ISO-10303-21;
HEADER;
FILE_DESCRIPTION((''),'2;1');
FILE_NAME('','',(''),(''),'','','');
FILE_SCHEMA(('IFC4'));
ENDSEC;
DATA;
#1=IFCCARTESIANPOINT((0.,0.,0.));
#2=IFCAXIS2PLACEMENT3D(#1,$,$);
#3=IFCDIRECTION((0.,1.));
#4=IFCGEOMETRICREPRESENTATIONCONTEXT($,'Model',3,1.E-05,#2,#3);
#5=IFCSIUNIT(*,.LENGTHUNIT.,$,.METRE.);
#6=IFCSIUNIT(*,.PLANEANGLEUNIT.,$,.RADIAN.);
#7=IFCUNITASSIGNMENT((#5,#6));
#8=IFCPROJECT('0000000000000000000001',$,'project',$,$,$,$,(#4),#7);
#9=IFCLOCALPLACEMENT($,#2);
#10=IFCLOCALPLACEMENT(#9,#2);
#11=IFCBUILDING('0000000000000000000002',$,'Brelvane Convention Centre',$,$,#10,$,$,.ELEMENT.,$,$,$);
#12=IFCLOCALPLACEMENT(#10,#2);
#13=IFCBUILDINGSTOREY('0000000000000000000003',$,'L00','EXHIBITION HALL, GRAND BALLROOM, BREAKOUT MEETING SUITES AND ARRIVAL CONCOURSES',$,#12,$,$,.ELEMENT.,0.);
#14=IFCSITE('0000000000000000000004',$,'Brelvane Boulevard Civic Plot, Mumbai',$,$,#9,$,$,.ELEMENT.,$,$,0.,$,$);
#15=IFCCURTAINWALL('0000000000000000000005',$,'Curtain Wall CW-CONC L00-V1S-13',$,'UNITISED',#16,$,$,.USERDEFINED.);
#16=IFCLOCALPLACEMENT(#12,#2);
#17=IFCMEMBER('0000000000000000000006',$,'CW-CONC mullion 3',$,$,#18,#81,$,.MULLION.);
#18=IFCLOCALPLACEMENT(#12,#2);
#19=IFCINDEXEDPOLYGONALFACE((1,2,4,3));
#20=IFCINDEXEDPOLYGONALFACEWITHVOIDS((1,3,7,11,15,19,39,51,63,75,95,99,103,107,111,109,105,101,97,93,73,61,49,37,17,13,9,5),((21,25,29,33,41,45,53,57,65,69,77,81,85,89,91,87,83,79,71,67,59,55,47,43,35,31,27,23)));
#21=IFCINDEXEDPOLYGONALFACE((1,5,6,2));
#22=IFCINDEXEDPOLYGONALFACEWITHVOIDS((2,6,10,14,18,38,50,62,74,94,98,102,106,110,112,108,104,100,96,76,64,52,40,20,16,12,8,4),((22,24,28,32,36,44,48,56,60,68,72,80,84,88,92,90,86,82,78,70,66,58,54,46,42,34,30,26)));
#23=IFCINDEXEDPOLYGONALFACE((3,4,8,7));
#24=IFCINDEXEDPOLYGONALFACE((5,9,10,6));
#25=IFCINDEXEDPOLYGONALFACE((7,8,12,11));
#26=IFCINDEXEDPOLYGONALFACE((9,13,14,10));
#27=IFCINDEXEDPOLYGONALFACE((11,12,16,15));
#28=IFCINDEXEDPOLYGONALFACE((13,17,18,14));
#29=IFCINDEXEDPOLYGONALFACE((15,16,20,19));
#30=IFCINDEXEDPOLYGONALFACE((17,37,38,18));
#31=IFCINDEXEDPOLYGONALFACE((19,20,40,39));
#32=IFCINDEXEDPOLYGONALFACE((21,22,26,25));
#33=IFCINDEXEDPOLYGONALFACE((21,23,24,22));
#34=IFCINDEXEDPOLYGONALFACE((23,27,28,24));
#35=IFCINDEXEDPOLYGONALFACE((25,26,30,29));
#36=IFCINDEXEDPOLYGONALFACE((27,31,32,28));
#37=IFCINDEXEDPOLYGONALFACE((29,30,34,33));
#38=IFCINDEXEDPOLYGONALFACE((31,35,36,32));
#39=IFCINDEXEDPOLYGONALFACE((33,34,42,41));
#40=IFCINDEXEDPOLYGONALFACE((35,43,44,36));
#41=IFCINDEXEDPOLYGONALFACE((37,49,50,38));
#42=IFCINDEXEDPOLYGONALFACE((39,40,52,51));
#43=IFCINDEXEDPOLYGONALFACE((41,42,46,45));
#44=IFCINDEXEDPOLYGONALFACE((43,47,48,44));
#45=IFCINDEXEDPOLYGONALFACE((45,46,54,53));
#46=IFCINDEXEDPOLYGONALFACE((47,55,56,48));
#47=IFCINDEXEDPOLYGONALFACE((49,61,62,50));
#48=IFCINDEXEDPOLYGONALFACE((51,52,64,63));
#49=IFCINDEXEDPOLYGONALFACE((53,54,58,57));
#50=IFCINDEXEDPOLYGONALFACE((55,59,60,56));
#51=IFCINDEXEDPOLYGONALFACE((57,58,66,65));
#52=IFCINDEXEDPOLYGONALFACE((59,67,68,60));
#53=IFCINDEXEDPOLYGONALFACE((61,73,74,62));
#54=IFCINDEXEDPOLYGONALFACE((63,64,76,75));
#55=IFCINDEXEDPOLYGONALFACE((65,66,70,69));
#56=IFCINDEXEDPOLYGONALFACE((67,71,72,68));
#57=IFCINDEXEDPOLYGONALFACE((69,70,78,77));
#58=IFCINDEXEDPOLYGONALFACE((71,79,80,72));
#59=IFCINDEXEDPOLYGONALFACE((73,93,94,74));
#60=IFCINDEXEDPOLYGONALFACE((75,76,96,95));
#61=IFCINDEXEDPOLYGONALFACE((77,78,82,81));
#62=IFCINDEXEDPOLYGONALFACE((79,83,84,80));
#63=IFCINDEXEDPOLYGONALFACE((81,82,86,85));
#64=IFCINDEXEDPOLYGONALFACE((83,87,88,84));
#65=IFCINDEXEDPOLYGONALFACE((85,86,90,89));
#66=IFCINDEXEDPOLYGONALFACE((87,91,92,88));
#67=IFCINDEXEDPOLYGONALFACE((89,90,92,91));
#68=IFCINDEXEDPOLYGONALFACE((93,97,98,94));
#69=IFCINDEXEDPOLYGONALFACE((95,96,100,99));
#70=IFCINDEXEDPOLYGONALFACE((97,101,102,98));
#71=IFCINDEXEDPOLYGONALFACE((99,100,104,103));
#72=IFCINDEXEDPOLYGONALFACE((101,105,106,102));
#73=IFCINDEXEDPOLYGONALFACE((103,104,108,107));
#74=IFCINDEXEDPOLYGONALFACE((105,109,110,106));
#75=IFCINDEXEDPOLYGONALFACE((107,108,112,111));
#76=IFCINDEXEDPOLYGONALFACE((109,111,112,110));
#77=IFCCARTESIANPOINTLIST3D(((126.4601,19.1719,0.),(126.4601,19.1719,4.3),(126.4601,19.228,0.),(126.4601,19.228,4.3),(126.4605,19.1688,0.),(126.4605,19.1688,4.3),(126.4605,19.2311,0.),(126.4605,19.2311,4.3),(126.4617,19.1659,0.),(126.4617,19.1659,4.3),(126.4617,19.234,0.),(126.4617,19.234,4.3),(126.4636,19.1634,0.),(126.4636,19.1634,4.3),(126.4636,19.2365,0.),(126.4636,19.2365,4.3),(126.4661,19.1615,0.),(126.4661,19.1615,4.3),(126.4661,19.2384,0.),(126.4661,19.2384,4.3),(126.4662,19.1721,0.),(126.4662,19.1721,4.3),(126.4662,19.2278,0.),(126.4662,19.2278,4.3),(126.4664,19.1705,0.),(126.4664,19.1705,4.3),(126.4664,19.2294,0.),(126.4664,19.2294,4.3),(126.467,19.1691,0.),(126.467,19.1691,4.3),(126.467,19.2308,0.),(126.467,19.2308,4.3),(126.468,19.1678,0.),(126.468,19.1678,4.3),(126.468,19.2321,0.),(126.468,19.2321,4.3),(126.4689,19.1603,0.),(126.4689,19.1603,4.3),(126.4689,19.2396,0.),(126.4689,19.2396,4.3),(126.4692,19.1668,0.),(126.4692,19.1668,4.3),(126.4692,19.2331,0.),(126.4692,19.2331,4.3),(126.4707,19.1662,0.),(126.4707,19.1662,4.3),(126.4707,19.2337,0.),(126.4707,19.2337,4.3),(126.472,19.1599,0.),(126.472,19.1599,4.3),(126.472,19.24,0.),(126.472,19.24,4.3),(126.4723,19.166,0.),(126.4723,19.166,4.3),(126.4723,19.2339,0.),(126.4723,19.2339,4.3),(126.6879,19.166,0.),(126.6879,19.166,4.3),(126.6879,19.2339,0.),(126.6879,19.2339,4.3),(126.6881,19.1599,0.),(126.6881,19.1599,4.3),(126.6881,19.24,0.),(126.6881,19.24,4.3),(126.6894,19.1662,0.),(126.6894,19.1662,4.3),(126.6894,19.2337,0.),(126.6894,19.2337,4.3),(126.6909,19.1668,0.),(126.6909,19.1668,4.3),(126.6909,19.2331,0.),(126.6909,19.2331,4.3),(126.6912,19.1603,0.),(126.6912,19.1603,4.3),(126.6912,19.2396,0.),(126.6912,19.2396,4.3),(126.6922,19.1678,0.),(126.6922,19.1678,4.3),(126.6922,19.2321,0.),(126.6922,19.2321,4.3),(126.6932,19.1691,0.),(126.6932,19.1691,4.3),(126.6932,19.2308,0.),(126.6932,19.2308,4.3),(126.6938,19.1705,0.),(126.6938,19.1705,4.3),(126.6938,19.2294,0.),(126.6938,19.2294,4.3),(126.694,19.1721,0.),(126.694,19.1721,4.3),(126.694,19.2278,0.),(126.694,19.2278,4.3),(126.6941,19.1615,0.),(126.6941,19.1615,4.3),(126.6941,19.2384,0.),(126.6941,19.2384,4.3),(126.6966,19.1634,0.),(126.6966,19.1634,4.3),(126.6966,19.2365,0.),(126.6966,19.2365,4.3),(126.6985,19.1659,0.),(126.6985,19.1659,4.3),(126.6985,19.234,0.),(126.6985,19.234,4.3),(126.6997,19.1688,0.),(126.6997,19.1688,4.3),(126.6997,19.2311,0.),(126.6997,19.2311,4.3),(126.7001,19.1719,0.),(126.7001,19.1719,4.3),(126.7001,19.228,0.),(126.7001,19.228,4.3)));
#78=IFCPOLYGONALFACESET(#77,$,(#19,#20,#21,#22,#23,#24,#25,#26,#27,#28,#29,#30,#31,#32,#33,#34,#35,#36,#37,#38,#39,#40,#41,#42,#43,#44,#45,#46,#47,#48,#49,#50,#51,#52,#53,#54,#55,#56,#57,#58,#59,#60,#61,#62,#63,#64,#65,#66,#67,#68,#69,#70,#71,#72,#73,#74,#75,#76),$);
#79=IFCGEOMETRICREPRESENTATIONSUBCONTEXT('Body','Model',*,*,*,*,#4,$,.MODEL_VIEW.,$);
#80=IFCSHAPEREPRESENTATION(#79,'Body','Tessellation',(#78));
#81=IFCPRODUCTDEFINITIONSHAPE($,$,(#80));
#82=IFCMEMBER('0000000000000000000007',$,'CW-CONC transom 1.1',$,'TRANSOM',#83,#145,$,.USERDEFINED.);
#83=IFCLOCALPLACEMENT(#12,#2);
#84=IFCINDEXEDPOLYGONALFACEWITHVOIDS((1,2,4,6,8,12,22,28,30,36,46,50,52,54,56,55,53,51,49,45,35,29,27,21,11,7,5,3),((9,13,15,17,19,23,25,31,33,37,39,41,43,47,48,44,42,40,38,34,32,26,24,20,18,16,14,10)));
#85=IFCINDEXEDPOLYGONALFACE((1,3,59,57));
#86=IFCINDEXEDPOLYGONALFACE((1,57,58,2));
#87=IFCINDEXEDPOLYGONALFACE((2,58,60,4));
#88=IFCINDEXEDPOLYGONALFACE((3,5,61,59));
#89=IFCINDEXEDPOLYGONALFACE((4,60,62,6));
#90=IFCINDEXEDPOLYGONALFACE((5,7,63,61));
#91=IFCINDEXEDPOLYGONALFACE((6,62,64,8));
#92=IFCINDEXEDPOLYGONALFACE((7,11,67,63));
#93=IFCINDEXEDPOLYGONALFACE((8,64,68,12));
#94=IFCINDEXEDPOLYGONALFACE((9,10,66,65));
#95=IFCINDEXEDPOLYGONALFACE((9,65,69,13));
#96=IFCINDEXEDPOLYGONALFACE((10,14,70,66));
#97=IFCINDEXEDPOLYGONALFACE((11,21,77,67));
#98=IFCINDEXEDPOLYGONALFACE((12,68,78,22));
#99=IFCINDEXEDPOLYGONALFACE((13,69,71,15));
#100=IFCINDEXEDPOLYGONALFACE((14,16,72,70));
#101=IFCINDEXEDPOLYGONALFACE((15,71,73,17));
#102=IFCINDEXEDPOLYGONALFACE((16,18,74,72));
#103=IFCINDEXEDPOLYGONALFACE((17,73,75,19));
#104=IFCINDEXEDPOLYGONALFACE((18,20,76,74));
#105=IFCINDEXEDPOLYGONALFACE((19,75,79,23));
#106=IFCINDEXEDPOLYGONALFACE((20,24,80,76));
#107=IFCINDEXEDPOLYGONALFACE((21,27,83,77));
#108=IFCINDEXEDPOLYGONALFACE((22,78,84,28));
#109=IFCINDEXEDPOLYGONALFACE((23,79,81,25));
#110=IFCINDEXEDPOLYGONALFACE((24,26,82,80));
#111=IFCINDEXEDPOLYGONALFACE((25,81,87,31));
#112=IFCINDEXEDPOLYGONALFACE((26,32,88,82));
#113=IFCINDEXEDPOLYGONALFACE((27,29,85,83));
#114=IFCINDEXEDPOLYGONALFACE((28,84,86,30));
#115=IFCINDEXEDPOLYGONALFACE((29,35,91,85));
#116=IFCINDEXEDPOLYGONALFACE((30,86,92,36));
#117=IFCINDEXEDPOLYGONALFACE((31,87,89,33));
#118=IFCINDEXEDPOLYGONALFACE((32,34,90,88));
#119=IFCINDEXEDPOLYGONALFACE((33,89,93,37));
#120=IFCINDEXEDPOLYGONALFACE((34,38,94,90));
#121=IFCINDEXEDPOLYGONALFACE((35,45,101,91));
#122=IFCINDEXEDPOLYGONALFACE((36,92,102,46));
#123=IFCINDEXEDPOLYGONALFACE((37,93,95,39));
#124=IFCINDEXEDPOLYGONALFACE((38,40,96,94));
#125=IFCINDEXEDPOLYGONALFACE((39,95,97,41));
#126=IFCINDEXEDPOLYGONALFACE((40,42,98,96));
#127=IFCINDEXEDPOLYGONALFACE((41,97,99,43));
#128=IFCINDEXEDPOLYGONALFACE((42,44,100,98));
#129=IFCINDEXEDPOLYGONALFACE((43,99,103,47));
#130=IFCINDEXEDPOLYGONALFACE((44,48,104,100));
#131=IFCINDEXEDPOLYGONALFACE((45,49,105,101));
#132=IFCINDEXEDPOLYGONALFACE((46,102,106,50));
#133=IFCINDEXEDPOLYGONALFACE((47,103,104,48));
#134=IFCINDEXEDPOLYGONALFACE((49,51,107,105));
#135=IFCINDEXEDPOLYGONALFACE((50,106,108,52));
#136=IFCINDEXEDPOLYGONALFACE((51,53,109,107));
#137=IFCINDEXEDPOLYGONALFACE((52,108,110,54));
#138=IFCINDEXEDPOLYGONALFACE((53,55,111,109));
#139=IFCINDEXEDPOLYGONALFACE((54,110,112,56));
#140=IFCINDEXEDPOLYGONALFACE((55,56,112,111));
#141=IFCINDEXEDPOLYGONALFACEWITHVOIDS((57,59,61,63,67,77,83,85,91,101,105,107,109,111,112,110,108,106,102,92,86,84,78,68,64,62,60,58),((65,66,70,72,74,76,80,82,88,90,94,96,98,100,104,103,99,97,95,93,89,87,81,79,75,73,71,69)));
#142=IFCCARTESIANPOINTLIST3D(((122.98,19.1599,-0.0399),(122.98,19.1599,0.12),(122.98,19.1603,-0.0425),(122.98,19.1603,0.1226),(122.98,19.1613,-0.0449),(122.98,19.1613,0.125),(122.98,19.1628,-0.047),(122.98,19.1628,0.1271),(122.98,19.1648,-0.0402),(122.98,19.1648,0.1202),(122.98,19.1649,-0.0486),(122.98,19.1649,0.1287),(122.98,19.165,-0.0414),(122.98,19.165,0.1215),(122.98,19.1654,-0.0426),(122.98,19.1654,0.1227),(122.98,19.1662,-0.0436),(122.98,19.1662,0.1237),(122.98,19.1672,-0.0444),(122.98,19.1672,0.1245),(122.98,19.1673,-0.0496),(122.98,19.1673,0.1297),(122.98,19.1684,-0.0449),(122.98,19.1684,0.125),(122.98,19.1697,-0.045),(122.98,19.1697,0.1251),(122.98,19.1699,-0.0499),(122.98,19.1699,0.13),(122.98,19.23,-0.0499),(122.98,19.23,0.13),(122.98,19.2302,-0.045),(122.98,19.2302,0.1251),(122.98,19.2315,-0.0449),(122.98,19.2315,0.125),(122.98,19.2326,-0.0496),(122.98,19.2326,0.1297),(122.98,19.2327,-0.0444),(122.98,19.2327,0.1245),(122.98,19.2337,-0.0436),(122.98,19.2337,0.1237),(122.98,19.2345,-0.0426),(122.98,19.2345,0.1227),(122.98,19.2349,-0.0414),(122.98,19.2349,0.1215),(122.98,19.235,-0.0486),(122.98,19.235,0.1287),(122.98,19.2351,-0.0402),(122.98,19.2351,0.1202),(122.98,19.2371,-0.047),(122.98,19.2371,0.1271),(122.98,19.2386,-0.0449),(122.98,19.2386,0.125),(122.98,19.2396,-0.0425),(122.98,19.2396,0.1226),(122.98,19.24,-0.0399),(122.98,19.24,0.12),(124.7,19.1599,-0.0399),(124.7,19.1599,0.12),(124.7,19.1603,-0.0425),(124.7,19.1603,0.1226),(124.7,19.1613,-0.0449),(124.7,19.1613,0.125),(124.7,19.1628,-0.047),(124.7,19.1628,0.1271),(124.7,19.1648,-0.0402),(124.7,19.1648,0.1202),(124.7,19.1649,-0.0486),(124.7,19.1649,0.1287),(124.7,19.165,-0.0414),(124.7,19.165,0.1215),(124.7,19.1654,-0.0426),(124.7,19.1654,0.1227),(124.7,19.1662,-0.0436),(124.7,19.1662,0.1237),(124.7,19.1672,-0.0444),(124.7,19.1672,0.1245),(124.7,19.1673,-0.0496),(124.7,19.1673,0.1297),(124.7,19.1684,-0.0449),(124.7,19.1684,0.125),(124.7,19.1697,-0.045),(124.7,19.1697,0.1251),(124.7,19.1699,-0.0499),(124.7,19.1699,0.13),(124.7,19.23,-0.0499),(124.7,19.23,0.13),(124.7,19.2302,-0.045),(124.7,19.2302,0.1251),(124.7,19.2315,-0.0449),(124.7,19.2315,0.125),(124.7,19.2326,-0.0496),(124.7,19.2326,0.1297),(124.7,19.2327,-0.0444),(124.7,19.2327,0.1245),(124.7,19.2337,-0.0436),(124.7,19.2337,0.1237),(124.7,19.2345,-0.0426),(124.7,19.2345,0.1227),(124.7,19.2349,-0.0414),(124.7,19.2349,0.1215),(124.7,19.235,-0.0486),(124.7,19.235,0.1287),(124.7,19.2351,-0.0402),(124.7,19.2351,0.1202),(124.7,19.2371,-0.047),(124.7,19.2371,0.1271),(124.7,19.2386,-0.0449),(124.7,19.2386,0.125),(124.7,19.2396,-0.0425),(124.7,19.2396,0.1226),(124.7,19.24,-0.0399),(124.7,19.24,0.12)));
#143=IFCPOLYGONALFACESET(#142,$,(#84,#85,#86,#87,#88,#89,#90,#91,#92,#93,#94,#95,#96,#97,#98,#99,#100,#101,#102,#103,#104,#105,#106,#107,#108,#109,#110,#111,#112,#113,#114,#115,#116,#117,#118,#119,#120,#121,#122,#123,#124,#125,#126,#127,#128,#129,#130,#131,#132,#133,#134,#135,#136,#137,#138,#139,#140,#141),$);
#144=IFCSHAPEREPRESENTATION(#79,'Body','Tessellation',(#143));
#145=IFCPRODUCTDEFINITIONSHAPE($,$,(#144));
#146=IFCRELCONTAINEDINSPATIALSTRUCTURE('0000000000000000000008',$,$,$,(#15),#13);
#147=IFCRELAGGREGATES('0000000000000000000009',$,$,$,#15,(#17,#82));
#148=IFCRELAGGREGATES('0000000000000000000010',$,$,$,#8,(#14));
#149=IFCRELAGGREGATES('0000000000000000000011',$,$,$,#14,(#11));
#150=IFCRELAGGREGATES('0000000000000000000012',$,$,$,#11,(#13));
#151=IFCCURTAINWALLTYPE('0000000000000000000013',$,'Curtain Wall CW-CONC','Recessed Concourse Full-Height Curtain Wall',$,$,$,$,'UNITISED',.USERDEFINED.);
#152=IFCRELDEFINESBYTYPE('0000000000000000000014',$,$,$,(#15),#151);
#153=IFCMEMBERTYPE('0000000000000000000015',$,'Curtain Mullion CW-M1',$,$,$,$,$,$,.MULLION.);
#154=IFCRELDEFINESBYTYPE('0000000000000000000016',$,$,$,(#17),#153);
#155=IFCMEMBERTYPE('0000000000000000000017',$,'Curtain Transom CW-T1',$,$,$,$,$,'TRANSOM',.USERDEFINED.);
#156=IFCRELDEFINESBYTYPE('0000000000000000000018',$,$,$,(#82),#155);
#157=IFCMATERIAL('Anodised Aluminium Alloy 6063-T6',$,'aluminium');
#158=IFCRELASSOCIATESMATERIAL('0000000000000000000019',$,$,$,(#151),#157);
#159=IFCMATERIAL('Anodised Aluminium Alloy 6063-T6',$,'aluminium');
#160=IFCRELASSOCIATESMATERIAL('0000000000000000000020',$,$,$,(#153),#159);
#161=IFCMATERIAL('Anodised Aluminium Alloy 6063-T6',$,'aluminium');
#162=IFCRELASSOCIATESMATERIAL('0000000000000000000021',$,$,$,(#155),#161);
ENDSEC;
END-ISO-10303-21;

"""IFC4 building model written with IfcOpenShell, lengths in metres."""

from ifc_helpers import new_model, si_unit, direction, frame, origin, origin_2d, place, context, subcontext, project, spatial, hollow_rectangle, extrude, material, material_profile, profile_set, type_object, element, aggregate, save


model = new_model("IFC4")

# Units and contexts
model_context = context("Model", 3, precision=1e-05, world=origin(), true_north=direction((0.0, 1.0)))
body_context = subcontext(model_context, "Body", "Model", "MODEL_VIEW")
ifc_project = project(units=[si_unit("LENGTHUNIT", "METRE"), si_unit("PLANEANGLEUNIT", "RADIAN")], contexts=[model_context])

# Site, building, storey
site_placement = place(None, origin())
site = spatial("IfcSite", under=ifc_project, at=site_placement, Name="Brelvane Boulevard Civic Plot, Mumbai", CompositionType="ELEMENT", RefElevation=0.0)
building_placement = place(site_placement, origin())
building = spatial("IfcBuilding", under=site, at=building_placement, Name="Brelvane Convention Centre", CompositionType="ELEMENT")
storey_placement = place(building_placement, origin())
storey = spatial("IfcBuildingStorey", under=building, at=storey_placement, Name="L00", Description="EXHIBITION HALL, GRAND BALLROOM, BREAKOUT MEETING SUITES AND ARRIVAL CONCOURSES", CompositionType="ELEMENT", Elevation=0.0)

# Curtain wall, members
ifc_material_1 = material(Name="Anodised Aluminium Alloy 6063-T6", Category="aluminium")
curtain_wall_type = type_object("IfcCurtainWallType", Name="Curtain Wall CW-CONC", Description="Recessed Concourse Full-Height Curtain Wall", ElementType="UNITISED", PredefinedType="USERDEFINED", material=ifc_material_1)
curtain_wall_placement = place(storey_placement, origin())
curtain_wall = element("IfcCurtainWall", 1, at=curtain_wall_placement, inside=storey, type_object=curtain_wall_type, Name="Curtain Wall CW-CONC L00-V1S-13", ObjectType="UNITISED", PredefinedType="USERDEFINED")
ifc_material_2 = material(Name="Anodised Aluminium Alloy 6063-T6", Category="aluminium")
ifc_material_profile_1 = material_profile(ifc_material_2, hollow_rectangle(XDim=0.0801, YDim=0.24, WallThickness=0.0061, InnerFilletRadius=0.0061, OuterFilletRadius=0.012, at=origin_2d()), Name="ALU-M 240x80x6.0")
ifc_profile_set_1 = profile_set([ifc_material_profile_1], Name="Anodised Aluminium Alloy 6063-T6")
member_type_1 = type_object("IfcMemberType", Name="Curtain Mullion CW-M1", PredefinedType="MULLION", material=ifc_profile_set_1)
member_1_placement = place(storey_placement, frame((126.5801, 19.2, 0.0), z_axis=(0.0, 0.0, 1.0), x_axis=(0.0, 1.0, 0.0)))
member_1 = element("IfcMember", 2, at=member_1_placement, type_object=member_type_1, Name="CW-CONC mullion 3", PredefinedType="MULLION", context=body_context, shape_type="SweptSolid", body=[
    extrude(hollow_rectangle(XDim=0.0801, YDim=0.24, WallThickness=0.0061, InnerFilletRadius=0.0061, OuterFilletRadius=0.012, at=origin_2d()), origin(), (0.0, 0.0, 1.0), 4.3),
])
ifc_material_3 = material(Name="Anodised Aluminium Alloy 6063-T6", Category="aluminium")
ifc_material_profile_2 = material_profile(ifc_material_3, hollow_rectangle(XDim=0.0801, YDim=0.1799, WallThickness=0.0049, InnerFilletRadius=0.0049, OuterFilletRadius=0.01, at=origin_2d()), Name="ALU-T 180x80x5.0")
ifc_profile_set_2 = profile_set([ifc_material_profile_2], Name="Anodised Aluminium Alloy 6063-T6")
member_type_2 = type_object("IfcMemberType", Name="Curtain Transom CW-T1", ElementType="TRANSOM", PredefinedType="USERDEFINED", material=ifc_profile_set_2)
member_2_placement = place(storey_placement, frame((122.98, 19.2, 0.04), z_axis=(1.0, 0.0, 0.0), x_axis=(0.0, 1.0, 0.0)))
member_2 = element("IfcMember", 3, at=member_2_placement, type_object=member_type_2, Name="CW-CONC transom 1.1", ObjectType="TRANSOM", PredefinedType="USERDEFINED", context=body_context, shape_type="SweptSolid", body=[
    extrude(hollow_rectangle(XDim=0.0801, YDim=0.1799, WallThickness=0.0049, InnerFilletRadius=0.0049, OuterFilletRadius=0.01, at=origin_2d()), origin(), (0.0, 0.0, 1.0), 1.72),
])

aggregate(curtain_wall, [member_1, member_2])

save(model, "model.ifc")
